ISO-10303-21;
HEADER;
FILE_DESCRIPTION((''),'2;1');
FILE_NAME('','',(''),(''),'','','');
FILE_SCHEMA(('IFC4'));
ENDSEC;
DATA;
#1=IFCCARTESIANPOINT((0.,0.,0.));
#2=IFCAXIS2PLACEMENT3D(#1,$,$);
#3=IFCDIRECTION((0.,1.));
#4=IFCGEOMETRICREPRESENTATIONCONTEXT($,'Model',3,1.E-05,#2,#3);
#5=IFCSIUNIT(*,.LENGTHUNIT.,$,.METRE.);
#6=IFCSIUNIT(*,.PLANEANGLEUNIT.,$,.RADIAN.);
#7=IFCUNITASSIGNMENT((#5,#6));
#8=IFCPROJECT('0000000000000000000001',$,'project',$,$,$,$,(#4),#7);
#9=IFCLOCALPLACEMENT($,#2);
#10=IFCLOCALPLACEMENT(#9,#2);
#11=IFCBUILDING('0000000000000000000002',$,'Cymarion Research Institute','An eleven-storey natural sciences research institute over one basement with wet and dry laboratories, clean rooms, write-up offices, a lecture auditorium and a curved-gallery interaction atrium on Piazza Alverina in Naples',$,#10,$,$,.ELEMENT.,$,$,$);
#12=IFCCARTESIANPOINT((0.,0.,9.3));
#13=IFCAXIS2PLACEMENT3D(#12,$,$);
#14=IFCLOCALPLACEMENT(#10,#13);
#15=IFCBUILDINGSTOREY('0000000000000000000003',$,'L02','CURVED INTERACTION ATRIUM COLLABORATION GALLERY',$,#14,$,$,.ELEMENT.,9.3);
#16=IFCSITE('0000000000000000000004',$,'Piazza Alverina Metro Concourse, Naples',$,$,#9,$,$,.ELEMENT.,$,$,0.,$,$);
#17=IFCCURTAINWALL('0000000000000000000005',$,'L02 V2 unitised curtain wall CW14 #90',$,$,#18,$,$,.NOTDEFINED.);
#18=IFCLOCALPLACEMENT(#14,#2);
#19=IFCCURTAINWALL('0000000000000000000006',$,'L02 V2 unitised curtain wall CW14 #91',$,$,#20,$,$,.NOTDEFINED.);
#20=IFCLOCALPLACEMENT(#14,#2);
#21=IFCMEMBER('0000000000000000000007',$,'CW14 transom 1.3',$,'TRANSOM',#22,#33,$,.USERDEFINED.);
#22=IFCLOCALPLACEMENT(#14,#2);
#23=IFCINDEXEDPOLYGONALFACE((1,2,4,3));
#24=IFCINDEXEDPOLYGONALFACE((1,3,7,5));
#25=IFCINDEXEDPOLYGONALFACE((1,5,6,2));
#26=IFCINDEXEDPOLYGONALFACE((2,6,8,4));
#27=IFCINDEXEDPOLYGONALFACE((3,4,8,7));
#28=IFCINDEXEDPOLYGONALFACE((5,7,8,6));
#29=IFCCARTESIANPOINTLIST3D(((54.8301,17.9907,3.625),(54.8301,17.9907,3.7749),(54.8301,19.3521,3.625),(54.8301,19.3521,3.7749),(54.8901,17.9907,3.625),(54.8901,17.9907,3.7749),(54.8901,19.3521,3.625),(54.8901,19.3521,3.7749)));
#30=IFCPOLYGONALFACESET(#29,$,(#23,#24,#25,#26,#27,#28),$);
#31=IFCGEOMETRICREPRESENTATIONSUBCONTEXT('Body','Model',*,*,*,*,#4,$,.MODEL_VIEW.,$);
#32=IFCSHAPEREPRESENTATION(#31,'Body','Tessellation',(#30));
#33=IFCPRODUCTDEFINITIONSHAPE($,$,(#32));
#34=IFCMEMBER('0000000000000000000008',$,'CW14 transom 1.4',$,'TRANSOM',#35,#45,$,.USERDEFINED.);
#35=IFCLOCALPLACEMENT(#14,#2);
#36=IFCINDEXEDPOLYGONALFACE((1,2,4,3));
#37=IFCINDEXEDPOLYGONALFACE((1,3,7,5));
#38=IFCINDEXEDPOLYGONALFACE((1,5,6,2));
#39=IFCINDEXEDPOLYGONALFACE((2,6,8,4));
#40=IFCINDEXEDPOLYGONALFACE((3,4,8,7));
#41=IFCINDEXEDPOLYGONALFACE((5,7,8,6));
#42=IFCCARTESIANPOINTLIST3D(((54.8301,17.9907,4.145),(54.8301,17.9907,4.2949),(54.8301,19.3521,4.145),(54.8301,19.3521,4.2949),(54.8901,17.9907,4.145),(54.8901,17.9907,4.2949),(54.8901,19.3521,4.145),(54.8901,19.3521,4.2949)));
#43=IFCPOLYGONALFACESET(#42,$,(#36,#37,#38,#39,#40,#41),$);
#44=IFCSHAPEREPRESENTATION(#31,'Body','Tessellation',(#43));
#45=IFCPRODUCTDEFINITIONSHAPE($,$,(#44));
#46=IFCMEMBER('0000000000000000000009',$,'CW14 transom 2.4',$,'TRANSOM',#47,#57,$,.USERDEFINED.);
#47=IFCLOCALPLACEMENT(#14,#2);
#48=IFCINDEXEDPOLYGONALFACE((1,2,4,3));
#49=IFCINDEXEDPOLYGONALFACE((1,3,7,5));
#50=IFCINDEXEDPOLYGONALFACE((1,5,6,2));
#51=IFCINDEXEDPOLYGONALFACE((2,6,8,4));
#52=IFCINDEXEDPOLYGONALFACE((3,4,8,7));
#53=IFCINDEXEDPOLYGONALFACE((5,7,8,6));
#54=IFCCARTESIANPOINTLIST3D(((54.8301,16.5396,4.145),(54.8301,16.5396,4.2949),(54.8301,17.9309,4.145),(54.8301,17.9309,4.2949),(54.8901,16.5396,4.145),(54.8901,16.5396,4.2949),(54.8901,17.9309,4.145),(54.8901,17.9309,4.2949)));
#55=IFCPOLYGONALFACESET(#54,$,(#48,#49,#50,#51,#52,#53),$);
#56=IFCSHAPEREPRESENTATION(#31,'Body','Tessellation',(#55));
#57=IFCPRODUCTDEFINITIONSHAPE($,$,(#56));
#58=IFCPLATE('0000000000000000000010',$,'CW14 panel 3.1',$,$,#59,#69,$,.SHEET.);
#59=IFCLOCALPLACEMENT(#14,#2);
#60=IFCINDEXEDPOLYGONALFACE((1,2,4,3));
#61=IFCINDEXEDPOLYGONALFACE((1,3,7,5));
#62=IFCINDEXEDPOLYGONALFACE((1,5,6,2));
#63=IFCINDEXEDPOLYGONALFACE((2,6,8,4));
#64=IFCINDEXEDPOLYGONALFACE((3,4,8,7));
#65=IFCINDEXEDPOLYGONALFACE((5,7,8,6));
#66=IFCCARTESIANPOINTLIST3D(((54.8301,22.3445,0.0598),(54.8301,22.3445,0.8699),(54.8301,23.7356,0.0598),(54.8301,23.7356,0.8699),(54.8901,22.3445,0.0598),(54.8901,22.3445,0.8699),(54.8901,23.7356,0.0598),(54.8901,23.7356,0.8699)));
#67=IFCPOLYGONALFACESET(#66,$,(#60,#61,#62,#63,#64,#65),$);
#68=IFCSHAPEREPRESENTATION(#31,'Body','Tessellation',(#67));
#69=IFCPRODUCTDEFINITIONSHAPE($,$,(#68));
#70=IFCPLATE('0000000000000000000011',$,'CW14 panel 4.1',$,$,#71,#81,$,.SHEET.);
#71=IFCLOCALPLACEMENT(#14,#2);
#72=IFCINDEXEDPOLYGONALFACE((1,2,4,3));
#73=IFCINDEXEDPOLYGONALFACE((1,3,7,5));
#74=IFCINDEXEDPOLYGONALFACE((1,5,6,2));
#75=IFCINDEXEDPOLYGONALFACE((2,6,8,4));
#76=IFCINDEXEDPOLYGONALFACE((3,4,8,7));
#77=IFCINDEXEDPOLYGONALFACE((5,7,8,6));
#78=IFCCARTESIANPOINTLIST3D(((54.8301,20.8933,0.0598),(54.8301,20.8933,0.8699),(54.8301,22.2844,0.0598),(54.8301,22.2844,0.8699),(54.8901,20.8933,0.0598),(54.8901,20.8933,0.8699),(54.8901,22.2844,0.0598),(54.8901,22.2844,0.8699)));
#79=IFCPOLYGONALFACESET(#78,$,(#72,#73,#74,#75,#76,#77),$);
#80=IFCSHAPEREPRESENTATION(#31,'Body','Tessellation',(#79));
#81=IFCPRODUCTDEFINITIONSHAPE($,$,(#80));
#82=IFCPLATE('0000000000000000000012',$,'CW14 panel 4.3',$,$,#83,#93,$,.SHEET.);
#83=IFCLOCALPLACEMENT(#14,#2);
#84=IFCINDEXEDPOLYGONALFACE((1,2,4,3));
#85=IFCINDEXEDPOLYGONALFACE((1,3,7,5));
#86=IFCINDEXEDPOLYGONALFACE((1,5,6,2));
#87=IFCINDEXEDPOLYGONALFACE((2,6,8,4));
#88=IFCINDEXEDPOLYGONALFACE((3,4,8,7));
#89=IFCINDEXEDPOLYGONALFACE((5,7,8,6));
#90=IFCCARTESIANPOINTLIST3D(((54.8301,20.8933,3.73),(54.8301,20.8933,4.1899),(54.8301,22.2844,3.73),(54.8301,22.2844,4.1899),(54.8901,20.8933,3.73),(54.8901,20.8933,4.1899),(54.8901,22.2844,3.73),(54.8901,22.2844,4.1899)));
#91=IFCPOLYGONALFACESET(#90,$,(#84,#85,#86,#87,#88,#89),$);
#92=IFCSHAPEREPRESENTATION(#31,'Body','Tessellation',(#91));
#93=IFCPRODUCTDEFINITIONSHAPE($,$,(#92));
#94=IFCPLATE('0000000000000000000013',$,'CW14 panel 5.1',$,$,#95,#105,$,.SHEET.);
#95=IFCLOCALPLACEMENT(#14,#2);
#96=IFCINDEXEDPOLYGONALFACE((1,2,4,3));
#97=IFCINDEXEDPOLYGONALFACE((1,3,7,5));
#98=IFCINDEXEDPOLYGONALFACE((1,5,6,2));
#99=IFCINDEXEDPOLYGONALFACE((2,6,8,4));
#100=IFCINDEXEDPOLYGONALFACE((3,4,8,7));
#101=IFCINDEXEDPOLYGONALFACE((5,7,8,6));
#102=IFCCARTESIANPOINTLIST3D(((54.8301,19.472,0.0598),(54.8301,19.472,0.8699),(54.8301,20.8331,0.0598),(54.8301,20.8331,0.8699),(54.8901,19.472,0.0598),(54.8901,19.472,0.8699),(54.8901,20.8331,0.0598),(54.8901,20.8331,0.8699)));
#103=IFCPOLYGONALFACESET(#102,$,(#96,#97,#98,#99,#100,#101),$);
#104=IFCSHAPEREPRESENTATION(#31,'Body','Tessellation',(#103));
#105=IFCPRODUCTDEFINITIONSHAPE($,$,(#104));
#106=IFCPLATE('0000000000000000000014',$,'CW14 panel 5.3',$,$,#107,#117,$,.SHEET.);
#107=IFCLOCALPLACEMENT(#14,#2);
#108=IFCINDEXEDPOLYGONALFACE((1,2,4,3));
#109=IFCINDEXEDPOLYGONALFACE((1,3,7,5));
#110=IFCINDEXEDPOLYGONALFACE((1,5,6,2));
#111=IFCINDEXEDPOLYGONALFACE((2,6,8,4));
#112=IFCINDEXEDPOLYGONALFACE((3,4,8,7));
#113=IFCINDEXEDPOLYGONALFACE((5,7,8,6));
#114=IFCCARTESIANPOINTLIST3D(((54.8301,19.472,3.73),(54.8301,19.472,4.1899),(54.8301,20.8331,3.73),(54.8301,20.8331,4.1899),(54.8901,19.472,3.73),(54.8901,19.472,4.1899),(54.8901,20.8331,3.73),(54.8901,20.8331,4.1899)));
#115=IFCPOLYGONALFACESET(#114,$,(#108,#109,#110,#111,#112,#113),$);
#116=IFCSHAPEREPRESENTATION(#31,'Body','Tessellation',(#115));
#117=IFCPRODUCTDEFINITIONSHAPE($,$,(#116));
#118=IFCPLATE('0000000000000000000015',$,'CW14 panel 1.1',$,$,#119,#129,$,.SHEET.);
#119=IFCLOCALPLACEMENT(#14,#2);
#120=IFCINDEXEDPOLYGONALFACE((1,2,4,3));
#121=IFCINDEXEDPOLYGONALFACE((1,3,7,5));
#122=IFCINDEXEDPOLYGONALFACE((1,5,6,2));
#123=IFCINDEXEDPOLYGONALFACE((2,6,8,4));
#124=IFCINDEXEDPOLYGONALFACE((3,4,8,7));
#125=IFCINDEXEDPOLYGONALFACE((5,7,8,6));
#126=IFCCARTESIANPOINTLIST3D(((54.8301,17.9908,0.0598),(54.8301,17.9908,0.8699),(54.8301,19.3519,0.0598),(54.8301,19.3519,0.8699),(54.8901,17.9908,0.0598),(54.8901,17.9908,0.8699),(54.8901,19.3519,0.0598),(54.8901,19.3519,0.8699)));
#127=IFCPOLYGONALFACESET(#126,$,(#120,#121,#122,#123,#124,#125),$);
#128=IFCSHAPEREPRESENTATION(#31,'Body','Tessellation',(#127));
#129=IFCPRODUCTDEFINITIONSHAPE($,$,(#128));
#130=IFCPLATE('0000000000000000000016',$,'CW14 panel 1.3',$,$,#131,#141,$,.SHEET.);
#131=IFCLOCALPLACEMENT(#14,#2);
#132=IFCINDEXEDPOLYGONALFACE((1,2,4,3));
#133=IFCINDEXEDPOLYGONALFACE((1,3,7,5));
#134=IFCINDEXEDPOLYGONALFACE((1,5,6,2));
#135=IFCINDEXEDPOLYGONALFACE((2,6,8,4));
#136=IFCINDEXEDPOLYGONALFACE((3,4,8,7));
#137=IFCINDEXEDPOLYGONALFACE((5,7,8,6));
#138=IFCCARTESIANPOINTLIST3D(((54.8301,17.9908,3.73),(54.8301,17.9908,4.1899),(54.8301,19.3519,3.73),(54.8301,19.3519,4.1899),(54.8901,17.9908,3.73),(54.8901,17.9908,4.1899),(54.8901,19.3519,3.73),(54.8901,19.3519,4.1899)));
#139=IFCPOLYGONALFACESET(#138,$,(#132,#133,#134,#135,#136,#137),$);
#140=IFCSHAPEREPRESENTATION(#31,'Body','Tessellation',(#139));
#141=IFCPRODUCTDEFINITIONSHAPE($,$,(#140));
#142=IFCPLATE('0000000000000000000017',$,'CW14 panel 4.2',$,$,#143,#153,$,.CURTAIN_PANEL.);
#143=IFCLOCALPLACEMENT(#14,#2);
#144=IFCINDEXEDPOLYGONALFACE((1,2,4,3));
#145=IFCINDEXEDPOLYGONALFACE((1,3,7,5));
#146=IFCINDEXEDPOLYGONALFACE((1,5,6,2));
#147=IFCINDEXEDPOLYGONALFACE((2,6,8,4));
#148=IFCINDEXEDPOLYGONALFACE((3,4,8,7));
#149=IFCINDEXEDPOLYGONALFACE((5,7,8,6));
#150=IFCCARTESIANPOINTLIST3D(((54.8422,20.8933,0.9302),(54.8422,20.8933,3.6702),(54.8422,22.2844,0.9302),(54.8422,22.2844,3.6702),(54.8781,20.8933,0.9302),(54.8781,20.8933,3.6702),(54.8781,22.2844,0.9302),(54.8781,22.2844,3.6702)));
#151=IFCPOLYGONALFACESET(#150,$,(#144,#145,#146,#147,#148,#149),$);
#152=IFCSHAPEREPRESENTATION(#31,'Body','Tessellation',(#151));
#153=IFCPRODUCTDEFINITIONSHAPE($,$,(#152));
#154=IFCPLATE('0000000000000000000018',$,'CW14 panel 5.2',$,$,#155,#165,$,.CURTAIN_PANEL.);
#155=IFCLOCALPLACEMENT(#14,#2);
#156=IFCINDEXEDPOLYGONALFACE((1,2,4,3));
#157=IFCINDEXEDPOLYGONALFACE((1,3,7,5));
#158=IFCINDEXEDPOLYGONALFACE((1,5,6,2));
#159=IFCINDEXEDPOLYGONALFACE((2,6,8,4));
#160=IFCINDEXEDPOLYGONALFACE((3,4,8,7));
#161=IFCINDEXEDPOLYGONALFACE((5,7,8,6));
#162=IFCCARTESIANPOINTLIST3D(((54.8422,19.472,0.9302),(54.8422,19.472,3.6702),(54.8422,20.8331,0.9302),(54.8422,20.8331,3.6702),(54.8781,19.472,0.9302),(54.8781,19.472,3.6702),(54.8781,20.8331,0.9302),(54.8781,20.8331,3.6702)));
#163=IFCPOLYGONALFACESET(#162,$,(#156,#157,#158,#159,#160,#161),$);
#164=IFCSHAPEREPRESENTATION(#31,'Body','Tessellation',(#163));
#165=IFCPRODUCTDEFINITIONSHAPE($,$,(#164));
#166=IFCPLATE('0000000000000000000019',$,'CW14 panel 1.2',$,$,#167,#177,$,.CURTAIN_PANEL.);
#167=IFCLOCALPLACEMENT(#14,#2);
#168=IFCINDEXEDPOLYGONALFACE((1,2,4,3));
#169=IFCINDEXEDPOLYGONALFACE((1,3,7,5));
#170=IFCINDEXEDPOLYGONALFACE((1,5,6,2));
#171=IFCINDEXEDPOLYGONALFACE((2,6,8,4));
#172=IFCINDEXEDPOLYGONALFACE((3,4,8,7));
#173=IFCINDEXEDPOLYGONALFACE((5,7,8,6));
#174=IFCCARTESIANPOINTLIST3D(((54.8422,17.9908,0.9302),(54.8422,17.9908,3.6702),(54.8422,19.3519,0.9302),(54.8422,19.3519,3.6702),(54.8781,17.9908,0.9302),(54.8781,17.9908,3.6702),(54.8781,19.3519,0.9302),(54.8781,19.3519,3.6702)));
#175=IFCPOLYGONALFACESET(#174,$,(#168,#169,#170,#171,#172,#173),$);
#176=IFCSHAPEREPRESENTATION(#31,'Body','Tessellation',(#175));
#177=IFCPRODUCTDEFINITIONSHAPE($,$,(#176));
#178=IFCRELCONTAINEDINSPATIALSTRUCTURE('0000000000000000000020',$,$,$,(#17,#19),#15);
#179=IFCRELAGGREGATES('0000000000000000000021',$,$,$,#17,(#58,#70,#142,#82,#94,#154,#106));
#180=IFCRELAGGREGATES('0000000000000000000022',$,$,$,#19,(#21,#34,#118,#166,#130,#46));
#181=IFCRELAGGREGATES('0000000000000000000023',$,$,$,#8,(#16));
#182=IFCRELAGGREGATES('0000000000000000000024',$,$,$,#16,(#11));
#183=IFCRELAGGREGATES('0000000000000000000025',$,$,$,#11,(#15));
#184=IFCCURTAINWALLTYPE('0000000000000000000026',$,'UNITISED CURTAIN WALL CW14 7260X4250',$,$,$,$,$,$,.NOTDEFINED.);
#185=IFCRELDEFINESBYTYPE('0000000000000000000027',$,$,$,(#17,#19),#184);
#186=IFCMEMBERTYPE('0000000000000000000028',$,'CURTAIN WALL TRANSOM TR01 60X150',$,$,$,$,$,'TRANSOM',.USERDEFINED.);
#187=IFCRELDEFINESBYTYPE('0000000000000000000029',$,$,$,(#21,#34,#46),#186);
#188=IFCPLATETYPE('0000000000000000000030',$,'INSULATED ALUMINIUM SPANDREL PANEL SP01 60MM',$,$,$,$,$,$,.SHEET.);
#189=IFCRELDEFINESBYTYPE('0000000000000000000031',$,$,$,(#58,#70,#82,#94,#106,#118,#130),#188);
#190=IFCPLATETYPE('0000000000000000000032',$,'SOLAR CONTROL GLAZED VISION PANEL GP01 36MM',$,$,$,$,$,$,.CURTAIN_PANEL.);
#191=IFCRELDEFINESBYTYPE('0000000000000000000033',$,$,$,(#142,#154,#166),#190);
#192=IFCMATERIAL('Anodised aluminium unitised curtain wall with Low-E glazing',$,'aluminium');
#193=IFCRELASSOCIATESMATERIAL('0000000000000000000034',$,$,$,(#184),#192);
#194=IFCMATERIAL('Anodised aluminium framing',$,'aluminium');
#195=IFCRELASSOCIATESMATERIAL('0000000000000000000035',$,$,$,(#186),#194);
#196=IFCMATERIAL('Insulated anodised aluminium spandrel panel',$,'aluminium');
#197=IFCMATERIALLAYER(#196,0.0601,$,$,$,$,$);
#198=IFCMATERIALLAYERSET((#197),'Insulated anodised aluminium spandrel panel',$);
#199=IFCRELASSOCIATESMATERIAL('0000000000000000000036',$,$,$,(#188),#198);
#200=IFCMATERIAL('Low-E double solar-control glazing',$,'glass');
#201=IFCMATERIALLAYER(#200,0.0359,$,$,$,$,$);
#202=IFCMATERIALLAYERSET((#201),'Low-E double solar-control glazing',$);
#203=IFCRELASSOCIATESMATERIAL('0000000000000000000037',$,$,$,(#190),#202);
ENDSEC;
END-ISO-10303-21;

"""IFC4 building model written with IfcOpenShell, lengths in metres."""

from ifc_helpers import new_model, si_unit, direction, frame, origin, origin_2d, place, context, subcontext, project, spatial, rectangle, extrude, material, layer, layer_set, material_profile, profile_set, type_object, element, aggregate, save


model = new_model("IFC4")

# Units and contexts
model_context = context("Model", 3, precision=1e-05, world=origin(), true_north=direction((0.0, 1.0)))
body_context = subcontext(model_context, "Body", "Model", "MODEL_VIEW")
ifc_project = project(units=[si_unit("LENGTHUNIT", "METRE"), si_unit("PLANEANGLEUNIT", "RADIAN")], contexts=[model_context])

# Site, building, storey
site_placement = place(None, origin())
site = spatial("IfcSite", under=ifc_project, at=site_placement, Name="Piazza Alverina Metro Concourse, Naples", CompositionType="ELEMENT", RefElevation=0.0)
building_placement = place(site_placement, origin())
building = spatial("IfcBuilding", under=site, at=building_placement, Name="Cymarion Research Institute", Description="An eleven-storey natural sciences research institute over one basement with wet and dry laboratories, clean rooms, write-up offices, a lecture auditorium and a curved-gallery interaction atrium on Piazza Alverina in Naples", CompositionType="ELEMENT")
storey_placement = place(building_placement, frame((0.0, 0.0, 9.3)))
storey = spatial("IfcBuildingStorey", under=building, at=storey_placement, Name="L02", Description="CURVED INTERACTION ATRIUM COLLABORATION GALLERY", CompositionType="ELEMENT", Elevation=9.3)

# Curtain walls
ifc_material_1 = material(Name="Anodised aluminium unitised curtain wall with Low-E glazing", Category="aluminium")
curtain_wall_type = type_object("IfcCurtainWallType", Name="UNITISED CURTAIN WALL CW14 7260X4250", PredefinedType="NOTDEFINED", material=ifc_material_1)
curtain_wall_1_placement = place(storey_placement, origin())
curtain_wall_1 = element("IfcCurtainWall", 1, at=curtain_wall_1_placement, inside=storey, type_object=curtain_wall_type, Name="L02 V2 unitised curtain wall CW14 #90", PredefinedType="NOTDEFINED")
ifc_material_2 = material(Name="Anodised aluminium framing", Category="aluminium")
curtain_wall_2_placement = place(storey_placement, origin())
curtain_wall_2 = element("IfcCurtainWall", 2, at=curtain_wall_2_placement, inside=storey, type_object=curtain_wall_type, Name="L02 V2 unitised curtain wall CW14 #91", PredefinedType="NOTDEFINED")

# Members
ifc_material_profile_1 = material_profile(ifc_material_2, rectangle(XDim=0.0601, YDim=0.1499, at=origin_2d()), Name="ALU TRANSOM 60x150")
ifc_profile_set_1 = profile_set([ifc_material_profile_1], Name="Anodised aluminium framing")
member_type_1 = type_object("IfcMemberType", Name="CURTAIN WALL TRANSOM TR01 60X150", ElementType="TRANSOM", PredefinedType="USERDEFINED", material=ifc_profile_set_1)
member_1_placement = place(storey_placement, frame((54.8601, 19.3521, 3.7), z_axis=(0.0, -1.0, 0.0), x_axis=(1.0, 0.0, 0.0)))
member_1 = element("IfcMember", 3, at=member_1_placement, type_object=member_type_1, Name="CW14 transom 1.3", ObjectType="TRANSOM", PredefinedType="USERDEFINED", context=body_context, shape_type="SweptSolid", body=[
    extrude(rectangle(XDim=0.0601, YDim=0.1499, at=origin_2d()), origin(), (0.0, 0.0, 1.0), 1.3613),
])
member_2_placement = place(storey_placement, frame((54.8601, 19.3521, 4.22), z_axis=(0.0, -1.0, 0.0), x_axis=(1.0, 0.0, 0.0)))
member_2 = element("IfcMember", 4, at=member_2_placement, type_object=member_type_1, Name="CW14 transom 1.4", ObjectType="TRANSOM", PredefinedType="USERDEFINED", context=body_context, shape_type="SweptSolid", body=[
    extrude(rectangle(XDim=0.0601, YDim=0.1499, at=origin_2d()), origin(), (0.0, 0.0, 1.0), 1.3613),
])
member_3_placement = place(storey_placement, frame((54.8601, 17.9309, 4.22), z_axis=(0.0, -1.0, 0.0), x_axis=(1.0, 0.0, 0.0)))
member_3 = element("IfcMember", 5, at=member_3_placement, type_object=member_type_1, Name="CW14 transom 2.4", ObjectType="TRANSOM", PredefinedType="USERDEFINED", context=body_context, shape_type="SweptSolid", body=[
    extrude(rectangle(XDim=0.0601, YDim=0.1499, at=origin_2d()), origin(), (0.0, 0.0, 1.0), 1.3914),
])

# Plates
ifc_material_3 = material(Name="Insulated anodised aluminium spandrel panel", Category="aluminium")
ifc_layer_1 = layer(ifc_material_3, 0.0601)
ifc_layer_set_1 = layer_set([ifc_layer_1], Name="Insulated anodised aluminium spandrel panel")
plate_type_1 = type_object("IfcPlateType", Name="INSULATED ALUMINIUM SPANDREL PANEL SP01 60MM", PredefinedType="SHEET", material=ifc_layer_set_1)
plate_1_placement = place(storey_placement, frame((54.8601, 23.04, 0.0598), z_axis=(0.0, 0.0, 1.0), x_axis=(0.0, -1.0, 0.0)))
plate_1 = element("IfcPlate", 6, at=plate_1_placement, type_object=plate_type_1, Name="CW14 panel 3.1", PredefinedType="SHEET", context=body_context, shape_type="SweptSolid", body=[
    extrude(rectangle(XDim=1.3911, YDim=0.0601, at=origin_2d()), origin(), (0.0, 0.0, 1.0), 0.8101),
])
plate_2_placement = place(storey_placement, frame((54.8601, 21.5889, 0.0598), z_axis=(0.0, 0.0, 1.0), x_axis=(0.0, -1.0, 0.0)))
plate_2 = element("IfcPlate", 7, at=plate_2_placement, type_object=plate_type_1, Name="CW14 panel 4.1", PredefinedType="SHEET", context=body_context, shape_type="SweptSolid", body=[
    extrude(rectangle(XDim=1.3911, YDim=0.0601, at=origin_2d()), origin(), (0.0, 0.0, 1.0), 0.8101),
])
plate_3_placement = place(storey_placement, frame((54.8601, 21.5889, 3.73), z_axis=(0.0, 0.0, 1.0), x_axis=(0.0, -1.0, 0.0)))
plate_3 = element("IfcPlate", 8, at=plate_3_placement, type_object=plate_type_1, Name="CW14 panel 4.3", PredefinedType="SHEET", context=body_context, shape_type="SweptSolid", body=[
    extrude(rectangle(XDim=1.3911, YDim=0.0601, at=origin_2d()), origin(), (0.0, 0.0, 1.0), 0.46),
])
plate_4_placement = place(storey_placement, frame((54.8601, 20.1526, 0.0598), z_axis=(0.0, 0.0, 1.0), x_axis=(0.0, -1.0, 0.0)))
plate_4 = element("IfcPlate", 9, at=plate_4_placement, type_object=plate_type_1, Name="CW14 panel 5.1", PredefinedType="SHEET", context=body_context, shape_type="SweptSolid", body=[
    extrude(rectangle(XDim=1.3611, YDim=0.0601, at=origin_2d()), origin(), (0.0, 0.0, 1.0), 0.8101),
])
plate_5_placement = place(storey_placement, frame((54.8601, 20.1526, 3.73), z_axis=(0.0, 0.0, 1.0), x_axis=(0.0, -1.0, 0.0)))
plate_5 = element("IfcPlate", 10, at=plate_5_placement, type_object=plate_type_1, Name="CW14 panel 5.3", PredefinedType="SHEET", context=body_context, shape_type="SweptSolid", body=[
    extrude(rectangle(XDim=1.3611, YDim=0.0601, at=origin_2d()), origin(), (0.0, 0.0, 1.0), 0.46),
])
plate_6_placement = place(storey_placement, frame((54.8601, 18.6714, 0.0598), z_axis=(0.0, 0.0, 1.0), x_axis=(0.0, -1.0, 0.0)))
plate_6 = element("IfcPlate", 11, at=plate_6_placement, type_object=plate_type_1, Name="CW14 panel 1.1", PredefinedType="SHEET", context=body_context, shape_type="SweptSolid", body=[
    extrude(rectangle(XDim=1.3611, YDim=0.0601, at=origin_2d()), origin(), (0.0, 0.0, 1.0), 0.8101),
])
plate_7_placement = place(storey_placement, frame((54.8601, 18.6714, 3.73), z_axis=(0.0, 0.0, 1.0), x_axis=(0.0, -1.0, 0.0)))
plate_7 = element("IfcPlate", 12, at=plate_7_placement, type_object=plate_type_1, Name="CW14 panel 1.3", PredefinedType="SHEET", context=body_context, shape_type="SweptSolid", body=[
    extrude(rectangle(XDim=1.3611, YDim=0.0601, at=origin_2d()), origin(), (0.0, 0.0, 1.0), 0.46),
])
ifc_material_4 = material(Name="Low-E double solar-control glazing", Category="glass")
ifc_layer_2 = layer(ifc_material_4, 0.0359)
ifc_layer_set_2 = layer_set([ifc_layer_2], Name="Low-E double solar-control glazing")
plate_type_2 = type_object("IfcPlateType", Name="SOLAR CONTROL GLAZED VISION PANEL GP01 36MM", PredefinedType="CURTAIN_PANEL", material=ifc_layer_set_2)
plate_8_placement = place(storey_placement, frame((54.8601, 21.5889, 0.9302), z_axis=(0.0, 0.0, 1.0), x_axis=(0.0, -1.0, 0.0)))
plate_8 = element("IfcPlate", 13, at=plate_8_placement, type_object=plate_type_2, Name="CW14 panel 4.2", PredefinedType="CURTAIN_PANEL", context=body_context, shape_type="SweptSolid", body=[
    extrude(rectangle(XDim=1.3911, YDim=0.0359, at=origin_2d()), origin(), (0.0, 0.0, 1.0), 2.74),
])
plate_9_placement = place(storey_placement, frame((54.8601, 20.1526, 0.9302), z_axis=(0.0, 0.0, 1.0), x_axis=(0.0, -1.0, 0.0)))
plate_9 = element("IfcPlate", 14, at=plate_9_placement, type_object=plate_type_2, Name="CW14 panel 5.2", PredefinedType="CURTAIN_PANEL", context=body_context, shape_type="SweptSolid", body=[
    extrude(rectangle(XDim=1.3611, YDim=0.0359, at=origin_2d()), origin(), (0.0, 0.0, 1.0), 2.74),
])
aggregate(curtain_wall_1, [plate_1, plate_2, plate_8, plate_3, plate_4, plate_9, plate_5])
plate_10_placement = place(storey_placement, frame((54.8601, 18.6714, 0.9302), z_axis=(0.0, 0.0, 1.0), x_axis=(0.0, -1.0, 0.0)))
plate_10 = element("IfcPlate", 15, at=plate_10_placement, type_object=plate_type_2, Name="CW14 panel 1.2", PredefinedType="CURTAIN_PANEL", context=body_context, shape_type="SweptSolid", body=[
    extrude(rectangle(XDim=1.3611, YDim=0.0359, at=origin_2d()), origin(), (0.0, 0.0, 1.0), 2.74),
])
aggregate(curtain_wall_2, [member_1, member_2, plate_6, plate_10, plate_7, member_3])

save(model, "model.ifc")
